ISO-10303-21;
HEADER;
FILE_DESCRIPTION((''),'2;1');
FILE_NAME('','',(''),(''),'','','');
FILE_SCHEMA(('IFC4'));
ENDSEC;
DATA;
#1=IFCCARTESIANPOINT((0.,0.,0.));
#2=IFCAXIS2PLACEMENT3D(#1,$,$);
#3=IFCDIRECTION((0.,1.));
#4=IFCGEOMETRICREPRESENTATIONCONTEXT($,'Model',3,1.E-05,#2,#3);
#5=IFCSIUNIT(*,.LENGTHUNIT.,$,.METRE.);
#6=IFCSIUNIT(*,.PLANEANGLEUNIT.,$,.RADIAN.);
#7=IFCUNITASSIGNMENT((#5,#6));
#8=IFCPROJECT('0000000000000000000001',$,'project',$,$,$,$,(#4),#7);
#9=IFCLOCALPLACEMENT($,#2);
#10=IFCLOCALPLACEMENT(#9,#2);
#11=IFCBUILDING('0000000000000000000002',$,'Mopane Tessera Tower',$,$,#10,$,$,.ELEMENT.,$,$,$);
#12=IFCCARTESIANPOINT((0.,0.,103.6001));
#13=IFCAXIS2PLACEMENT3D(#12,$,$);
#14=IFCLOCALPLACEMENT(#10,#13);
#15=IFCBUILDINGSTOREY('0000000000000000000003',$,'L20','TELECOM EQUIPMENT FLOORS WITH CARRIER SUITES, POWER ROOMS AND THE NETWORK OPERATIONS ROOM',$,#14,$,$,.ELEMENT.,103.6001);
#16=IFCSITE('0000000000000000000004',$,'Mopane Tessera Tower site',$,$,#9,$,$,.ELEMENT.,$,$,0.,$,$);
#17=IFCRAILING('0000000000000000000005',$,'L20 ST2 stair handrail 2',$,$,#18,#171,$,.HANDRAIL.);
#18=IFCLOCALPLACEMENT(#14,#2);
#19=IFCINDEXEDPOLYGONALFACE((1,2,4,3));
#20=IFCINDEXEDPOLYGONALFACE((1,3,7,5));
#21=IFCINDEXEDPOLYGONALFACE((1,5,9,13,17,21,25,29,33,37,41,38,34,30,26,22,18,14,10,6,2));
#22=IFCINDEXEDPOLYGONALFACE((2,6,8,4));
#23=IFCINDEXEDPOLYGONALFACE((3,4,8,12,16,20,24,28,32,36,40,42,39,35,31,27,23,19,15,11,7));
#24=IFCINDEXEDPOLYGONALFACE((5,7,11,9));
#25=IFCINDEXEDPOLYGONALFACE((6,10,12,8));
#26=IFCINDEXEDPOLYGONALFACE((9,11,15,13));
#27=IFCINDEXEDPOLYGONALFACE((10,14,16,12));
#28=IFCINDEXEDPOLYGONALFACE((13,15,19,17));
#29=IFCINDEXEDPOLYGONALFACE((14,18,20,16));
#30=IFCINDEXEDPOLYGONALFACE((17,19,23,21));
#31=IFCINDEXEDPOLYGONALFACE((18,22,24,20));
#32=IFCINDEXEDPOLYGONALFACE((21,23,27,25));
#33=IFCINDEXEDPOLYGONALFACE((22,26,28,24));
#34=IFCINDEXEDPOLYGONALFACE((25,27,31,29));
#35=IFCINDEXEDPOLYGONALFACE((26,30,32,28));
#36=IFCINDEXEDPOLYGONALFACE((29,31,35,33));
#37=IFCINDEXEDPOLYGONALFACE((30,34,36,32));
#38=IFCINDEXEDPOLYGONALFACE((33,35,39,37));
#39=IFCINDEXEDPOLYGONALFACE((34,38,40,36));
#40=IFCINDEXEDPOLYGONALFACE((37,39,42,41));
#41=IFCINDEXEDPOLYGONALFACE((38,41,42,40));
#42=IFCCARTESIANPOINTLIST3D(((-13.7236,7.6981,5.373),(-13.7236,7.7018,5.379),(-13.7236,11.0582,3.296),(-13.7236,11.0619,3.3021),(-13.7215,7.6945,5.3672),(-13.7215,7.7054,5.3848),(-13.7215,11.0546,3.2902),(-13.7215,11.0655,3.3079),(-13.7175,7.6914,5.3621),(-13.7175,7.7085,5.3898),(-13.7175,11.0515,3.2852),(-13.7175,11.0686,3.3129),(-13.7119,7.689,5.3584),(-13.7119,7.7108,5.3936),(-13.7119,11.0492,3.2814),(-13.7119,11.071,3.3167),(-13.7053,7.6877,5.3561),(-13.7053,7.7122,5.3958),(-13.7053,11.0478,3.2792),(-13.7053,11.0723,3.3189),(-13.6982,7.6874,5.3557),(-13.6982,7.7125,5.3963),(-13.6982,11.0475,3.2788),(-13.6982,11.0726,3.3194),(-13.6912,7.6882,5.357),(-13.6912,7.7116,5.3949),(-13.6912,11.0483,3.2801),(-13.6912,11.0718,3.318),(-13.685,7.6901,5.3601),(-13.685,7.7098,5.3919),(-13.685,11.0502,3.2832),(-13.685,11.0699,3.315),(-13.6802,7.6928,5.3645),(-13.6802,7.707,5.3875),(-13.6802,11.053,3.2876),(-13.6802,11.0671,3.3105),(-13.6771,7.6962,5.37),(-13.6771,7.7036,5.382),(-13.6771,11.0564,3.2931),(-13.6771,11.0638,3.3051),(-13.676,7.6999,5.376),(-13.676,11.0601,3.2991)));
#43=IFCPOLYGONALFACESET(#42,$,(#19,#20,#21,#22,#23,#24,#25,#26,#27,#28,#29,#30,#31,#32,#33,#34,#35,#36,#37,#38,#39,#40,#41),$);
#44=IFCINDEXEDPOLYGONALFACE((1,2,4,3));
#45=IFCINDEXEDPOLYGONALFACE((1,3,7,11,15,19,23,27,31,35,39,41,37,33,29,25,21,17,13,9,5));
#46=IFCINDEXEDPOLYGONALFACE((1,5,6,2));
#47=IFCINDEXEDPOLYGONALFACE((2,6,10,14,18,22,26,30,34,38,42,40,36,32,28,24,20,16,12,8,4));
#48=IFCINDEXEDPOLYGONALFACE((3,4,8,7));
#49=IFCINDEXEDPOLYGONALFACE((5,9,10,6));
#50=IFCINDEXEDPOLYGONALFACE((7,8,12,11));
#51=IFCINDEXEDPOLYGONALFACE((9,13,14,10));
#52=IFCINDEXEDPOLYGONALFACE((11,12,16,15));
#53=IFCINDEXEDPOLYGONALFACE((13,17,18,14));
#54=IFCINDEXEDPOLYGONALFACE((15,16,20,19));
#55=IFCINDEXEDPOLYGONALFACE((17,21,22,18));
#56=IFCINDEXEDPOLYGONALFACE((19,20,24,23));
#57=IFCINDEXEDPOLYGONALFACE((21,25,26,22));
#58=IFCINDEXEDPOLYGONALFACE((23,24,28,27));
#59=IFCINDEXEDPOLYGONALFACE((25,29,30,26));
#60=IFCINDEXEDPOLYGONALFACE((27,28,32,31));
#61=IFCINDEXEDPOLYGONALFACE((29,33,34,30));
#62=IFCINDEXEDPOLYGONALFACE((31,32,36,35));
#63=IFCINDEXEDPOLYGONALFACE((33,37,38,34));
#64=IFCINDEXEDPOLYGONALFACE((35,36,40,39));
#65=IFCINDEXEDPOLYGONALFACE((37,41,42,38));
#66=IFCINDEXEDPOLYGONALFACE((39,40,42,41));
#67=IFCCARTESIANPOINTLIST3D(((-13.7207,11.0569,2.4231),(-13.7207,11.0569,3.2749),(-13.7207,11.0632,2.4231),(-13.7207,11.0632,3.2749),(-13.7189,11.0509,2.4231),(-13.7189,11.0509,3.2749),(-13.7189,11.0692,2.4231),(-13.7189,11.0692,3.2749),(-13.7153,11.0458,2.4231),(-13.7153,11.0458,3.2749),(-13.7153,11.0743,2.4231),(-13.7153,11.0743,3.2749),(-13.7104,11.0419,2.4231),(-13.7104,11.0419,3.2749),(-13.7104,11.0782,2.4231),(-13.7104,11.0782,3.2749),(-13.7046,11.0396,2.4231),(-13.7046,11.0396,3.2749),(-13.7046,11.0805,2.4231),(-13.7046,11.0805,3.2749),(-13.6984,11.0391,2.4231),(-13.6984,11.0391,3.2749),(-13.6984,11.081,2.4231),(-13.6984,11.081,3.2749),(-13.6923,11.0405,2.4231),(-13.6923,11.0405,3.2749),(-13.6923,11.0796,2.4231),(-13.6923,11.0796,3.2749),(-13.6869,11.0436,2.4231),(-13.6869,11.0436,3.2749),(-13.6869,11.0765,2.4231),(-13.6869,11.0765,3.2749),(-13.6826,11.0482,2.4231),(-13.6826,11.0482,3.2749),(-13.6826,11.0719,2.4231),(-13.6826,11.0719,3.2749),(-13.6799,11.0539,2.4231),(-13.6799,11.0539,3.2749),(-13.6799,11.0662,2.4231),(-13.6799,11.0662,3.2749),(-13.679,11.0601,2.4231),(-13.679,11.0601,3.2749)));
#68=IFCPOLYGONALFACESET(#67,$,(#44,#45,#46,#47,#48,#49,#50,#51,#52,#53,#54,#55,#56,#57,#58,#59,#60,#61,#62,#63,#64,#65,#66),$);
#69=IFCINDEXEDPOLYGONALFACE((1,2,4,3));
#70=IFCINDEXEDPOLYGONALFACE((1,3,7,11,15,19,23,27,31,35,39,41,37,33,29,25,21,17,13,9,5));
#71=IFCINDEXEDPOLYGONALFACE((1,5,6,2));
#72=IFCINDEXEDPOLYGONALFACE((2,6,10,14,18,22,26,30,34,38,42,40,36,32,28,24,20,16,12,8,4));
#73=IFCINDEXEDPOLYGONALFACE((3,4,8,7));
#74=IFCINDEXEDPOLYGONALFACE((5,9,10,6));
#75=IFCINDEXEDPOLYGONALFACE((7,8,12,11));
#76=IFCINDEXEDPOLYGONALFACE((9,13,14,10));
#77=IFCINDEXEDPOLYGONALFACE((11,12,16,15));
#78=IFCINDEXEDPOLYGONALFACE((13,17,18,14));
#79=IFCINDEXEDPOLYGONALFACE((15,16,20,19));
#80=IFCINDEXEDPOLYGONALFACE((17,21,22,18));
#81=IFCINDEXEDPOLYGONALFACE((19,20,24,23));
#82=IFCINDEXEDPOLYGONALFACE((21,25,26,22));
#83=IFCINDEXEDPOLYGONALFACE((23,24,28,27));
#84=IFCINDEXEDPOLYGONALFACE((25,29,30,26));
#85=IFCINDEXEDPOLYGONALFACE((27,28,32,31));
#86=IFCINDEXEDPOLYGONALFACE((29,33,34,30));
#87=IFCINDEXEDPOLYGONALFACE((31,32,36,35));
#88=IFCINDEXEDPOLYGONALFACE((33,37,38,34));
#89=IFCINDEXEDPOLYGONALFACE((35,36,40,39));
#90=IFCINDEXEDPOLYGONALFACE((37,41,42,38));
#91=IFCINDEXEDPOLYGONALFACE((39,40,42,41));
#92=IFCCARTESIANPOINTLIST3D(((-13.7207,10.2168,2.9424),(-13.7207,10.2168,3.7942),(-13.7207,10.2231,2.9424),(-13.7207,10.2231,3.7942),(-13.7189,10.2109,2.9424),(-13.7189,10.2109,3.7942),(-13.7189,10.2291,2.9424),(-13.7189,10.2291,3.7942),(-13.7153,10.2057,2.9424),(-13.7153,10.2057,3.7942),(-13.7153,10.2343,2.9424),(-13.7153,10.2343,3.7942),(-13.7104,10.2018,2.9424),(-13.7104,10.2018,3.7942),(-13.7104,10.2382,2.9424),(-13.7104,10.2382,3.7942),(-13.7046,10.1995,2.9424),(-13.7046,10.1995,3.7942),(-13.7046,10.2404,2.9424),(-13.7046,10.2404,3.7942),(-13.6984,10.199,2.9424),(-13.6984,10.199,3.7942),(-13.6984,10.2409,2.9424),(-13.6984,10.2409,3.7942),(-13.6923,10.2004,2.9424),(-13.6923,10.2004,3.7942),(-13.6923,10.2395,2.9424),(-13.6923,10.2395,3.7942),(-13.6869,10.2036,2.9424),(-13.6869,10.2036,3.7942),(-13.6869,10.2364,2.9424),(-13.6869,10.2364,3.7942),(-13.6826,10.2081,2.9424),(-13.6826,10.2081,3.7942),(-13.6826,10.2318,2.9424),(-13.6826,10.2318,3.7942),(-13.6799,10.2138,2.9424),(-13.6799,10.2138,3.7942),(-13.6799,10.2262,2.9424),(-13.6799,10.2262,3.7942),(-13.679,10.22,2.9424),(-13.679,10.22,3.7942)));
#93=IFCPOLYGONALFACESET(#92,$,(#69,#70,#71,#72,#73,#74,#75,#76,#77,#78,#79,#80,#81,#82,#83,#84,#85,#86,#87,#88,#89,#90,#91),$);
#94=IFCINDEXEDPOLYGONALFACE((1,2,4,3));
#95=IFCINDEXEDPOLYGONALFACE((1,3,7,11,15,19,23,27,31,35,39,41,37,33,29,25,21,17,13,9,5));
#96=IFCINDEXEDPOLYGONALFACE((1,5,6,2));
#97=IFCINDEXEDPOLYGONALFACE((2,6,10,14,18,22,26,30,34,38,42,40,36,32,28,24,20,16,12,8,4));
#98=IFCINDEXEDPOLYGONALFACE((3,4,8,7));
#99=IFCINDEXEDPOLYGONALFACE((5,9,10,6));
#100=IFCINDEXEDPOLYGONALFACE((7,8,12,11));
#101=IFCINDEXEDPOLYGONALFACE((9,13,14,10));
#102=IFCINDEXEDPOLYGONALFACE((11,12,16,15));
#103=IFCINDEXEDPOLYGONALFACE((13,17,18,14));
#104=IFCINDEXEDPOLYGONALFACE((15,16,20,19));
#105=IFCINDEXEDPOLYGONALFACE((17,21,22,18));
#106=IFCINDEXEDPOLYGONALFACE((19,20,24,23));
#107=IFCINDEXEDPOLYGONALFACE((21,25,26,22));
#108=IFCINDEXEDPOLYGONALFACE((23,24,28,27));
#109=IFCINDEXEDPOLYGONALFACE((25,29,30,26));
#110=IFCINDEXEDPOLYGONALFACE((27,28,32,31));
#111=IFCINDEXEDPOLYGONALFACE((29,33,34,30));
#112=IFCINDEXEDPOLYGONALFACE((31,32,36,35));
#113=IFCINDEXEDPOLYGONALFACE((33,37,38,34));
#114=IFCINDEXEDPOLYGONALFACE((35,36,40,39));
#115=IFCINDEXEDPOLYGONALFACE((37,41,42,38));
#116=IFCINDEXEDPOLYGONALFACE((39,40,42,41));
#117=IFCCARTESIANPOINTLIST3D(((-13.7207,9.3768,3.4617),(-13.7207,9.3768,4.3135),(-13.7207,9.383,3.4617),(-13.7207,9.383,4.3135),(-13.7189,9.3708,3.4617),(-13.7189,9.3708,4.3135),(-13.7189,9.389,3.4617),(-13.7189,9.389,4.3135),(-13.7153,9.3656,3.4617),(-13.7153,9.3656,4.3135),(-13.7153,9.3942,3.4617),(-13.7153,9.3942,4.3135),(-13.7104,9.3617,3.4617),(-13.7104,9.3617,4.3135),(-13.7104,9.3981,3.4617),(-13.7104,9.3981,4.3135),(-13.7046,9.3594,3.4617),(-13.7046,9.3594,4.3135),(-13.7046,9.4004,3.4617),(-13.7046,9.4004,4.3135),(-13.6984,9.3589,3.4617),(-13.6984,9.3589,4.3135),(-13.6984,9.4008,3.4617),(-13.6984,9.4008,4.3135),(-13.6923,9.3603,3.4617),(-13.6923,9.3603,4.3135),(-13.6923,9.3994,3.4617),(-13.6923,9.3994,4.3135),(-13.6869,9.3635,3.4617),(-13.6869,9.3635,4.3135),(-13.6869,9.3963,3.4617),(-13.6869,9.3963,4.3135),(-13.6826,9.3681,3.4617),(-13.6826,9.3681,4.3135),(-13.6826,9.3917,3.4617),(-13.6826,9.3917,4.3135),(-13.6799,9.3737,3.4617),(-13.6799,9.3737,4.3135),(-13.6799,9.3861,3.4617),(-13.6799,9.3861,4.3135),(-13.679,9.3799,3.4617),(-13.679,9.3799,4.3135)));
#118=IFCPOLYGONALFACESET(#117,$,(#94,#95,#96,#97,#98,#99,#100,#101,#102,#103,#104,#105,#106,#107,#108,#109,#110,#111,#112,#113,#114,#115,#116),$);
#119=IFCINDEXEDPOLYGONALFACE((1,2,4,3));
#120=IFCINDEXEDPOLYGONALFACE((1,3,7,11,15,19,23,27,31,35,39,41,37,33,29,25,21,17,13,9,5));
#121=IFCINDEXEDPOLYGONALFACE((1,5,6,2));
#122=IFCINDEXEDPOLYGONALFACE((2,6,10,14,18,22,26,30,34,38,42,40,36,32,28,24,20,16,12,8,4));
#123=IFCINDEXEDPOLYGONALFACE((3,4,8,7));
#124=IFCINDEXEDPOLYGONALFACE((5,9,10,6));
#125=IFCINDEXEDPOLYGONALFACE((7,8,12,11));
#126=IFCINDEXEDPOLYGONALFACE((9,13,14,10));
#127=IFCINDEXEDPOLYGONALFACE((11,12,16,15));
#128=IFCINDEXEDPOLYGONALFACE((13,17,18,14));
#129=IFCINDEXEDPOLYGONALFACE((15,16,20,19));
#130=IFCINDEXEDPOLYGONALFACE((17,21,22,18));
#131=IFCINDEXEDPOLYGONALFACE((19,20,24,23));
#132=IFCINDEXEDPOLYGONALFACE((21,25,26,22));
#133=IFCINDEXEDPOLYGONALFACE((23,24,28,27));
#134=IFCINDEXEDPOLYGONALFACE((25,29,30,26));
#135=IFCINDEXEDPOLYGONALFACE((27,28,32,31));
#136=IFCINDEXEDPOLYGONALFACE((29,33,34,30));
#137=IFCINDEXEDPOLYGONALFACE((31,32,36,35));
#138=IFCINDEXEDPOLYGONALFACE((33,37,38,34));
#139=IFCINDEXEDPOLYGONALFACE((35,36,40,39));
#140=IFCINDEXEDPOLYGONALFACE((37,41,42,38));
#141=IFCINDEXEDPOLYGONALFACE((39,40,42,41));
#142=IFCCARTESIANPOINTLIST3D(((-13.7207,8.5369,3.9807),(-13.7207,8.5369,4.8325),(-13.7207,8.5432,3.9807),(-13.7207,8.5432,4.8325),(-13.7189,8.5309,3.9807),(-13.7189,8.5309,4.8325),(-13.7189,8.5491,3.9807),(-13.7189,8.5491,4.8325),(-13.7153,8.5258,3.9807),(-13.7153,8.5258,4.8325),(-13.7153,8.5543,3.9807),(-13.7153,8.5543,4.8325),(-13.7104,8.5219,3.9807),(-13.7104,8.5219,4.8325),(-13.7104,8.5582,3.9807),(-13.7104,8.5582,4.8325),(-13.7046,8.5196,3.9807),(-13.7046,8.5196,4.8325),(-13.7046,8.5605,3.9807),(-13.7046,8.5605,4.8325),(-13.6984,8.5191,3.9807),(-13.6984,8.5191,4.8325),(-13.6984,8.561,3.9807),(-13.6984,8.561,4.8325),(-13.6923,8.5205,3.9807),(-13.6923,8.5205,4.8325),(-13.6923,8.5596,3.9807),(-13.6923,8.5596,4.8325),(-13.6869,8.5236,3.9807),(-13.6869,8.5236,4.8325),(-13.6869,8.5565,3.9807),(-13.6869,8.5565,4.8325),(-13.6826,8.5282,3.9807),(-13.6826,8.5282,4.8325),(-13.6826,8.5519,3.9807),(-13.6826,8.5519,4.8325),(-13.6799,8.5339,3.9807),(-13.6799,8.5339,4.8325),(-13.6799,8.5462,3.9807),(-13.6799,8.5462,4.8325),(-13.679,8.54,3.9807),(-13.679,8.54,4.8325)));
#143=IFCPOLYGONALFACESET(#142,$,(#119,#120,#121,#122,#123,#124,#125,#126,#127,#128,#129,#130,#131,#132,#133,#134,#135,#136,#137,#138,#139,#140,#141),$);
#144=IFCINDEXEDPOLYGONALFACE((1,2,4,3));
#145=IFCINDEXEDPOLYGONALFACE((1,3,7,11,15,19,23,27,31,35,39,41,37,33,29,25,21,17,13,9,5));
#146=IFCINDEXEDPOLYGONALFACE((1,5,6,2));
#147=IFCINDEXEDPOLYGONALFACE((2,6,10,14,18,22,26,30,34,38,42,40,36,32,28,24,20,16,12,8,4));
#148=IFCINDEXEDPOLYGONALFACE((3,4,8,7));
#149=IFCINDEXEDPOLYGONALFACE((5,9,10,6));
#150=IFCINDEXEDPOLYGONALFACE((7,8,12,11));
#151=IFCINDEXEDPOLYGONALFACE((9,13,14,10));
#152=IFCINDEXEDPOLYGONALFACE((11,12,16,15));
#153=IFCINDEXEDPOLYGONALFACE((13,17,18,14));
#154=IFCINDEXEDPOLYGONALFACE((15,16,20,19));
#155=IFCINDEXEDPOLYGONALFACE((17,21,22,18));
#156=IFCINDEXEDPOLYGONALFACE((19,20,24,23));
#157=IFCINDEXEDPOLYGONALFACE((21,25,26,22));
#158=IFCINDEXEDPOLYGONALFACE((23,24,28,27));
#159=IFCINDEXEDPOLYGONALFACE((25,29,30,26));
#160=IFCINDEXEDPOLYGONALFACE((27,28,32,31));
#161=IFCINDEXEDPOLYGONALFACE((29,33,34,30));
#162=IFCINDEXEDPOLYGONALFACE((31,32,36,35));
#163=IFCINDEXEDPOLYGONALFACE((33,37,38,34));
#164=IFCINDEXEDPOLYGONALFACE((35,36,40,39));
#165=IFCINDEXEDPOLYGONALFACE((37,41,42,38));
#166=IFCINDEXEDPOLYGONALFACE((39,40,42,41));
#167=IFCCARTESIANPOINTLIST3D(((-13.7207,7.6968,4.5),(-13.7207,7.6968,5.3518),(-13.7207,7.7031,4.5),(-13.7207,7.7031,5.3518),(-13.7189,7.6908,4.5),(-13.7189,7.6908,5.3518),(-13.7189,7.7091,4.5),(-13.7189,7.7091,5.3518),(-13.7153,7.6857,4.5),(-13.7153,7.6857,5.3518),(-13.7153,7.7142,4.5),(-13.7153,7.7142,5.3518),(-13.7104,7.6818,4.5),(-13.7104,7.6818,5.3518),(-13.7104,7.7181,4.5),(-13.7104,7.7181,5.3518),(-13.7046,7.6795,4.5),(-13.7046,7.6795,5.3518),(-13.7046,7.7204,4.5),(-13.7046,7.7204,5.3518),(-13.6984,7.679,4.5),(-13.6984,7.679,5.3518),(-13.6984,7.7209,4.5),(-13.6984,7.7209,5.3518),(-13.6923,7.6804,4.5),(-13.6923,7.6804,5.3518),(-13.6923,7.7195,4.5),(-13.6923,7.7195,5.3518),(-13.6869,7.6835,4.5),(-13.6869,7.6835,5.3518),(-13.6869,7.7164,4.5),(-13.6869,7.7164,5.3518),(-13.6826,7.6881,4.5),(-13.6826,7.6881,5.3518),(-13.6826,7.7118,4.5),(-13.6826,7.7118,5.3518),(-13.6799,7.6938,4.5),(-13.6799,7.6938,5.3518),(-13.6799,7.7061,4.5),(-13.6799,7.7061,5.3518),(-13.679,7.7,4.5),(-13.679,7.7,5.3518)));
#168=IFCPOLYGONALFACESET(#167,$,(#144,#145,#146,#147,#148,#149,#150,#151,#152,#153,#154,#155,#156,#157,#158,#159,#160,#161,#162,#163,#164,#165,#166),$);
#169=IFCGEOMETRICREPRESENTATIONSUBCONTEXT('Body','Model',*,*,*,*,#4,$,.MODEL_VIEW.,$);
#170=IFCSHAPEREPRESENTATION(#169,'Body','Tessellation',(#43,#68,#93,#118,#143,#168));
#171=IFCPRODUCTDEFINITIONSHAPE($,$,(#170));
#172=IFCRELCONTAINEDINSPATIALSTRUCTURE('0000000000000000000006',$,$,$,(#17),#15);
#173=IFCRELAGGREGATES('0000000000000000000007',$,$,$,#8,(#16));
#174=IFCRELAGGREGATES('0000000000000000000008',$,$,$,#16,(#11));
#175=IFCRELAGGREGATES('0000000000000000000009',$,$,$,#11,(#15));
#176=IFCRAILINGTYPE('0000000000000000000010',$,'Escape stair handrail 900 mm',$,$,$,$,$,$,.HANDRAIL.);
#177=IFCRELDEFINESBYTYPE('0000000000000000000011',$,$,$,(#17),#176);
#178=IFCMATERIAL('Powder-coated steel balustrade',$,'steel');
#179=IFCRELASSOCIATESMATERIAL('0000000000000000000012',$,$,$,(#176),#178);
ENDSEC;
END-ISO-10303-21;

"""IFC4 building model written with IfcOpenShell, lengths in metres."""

from ifc_helpers import new_model, si_unit, direction, frame, origin, origin_2d, place, context, subcontext, project, spatial, circle, extrude, material, type_object, element, save


model = new_model("IFC4")

# Units and contexts
model_context = context("Model", 3, precision=1e-05, world=origin(), true_north=direction((0.0, 1.0)))
body_context = subcontext(model_context, "Body", "Model", "MODEL_VIEW")
ifc_project = project(units=[si_unit("LENGTHUNIT", "METRE"), si_unit("PLANEANGLEUNIT", "RADIAN")], contexts=[model_context])

# Site, building, storey
site_placement = place(None, origin())
site = spatial("IfcSite", under=ifc_project, at=site_placement, Name="Mopane Tessera Tower site", CompositionType="ELEMENT", RefElevation=0.0)
building_placement = place(site_placement, origin())
building = spatial("IfcBuilding", under=site, at=building_placement, Name="Mopane Tessera Tower", CompositionType="ELEMENT")
storey_placement = place(building_placement, frame((0.0, 0.0, 103.6001)))
storey = spatial("IfcBuildingStorey", under=building, at=storey_placement, Name="L20", Description="TELECOM EQUIPMENT FLOORS WITH CARRIER SUITES, POWER ROOMS AND THE NETWORK OPERATIONS ROOM", CompositionType="ELEMENT", Elevation=103.6001)

# Railing
ifc_material_1 = material(Name="Powder-coated steel balustrade", Category="steel")
railing_type_1 = type_object("IfcRailingType", Name="Escape stair handrail 900 mm", PredefinedType="HANDRAIL", material=ifc_material_1)
railing_1_placement = place(storey_placement, frame((-13.7, 11.0601, 2.4231)))
element("IfcRailing", 1, at=railing_1_placement, inside=storey, type_object=railing_type_1, Name="L20 ST2 stair handrail 2", PredefinedType="HANDRAIL", context=body_context, shape_type="SweptSolid", body=[
    extrude(circle(Radius=0.0239, at=origin_2d()), frame((0.0, 0.0, 0.876), z_axis=(0.0, -0.850623, 0.525776), x_axis=(1.0, 0.0, 0.0)), (0.0, 0.0, 1.0), 3.9502),
    extrude(circle(Radius=0.021, at=origin_2d()), origin(), (0.0, 0.0, 1.0), 0.8518),
    extrude(circle(Radius=0.021, at=origin_2d()), frame((0.0, -0.8401, 0.5193)), (0.0, 0.0, 1.0), 0.8518),
    extrude(circle(Radius=0.021, at=origin_2d()), frame((0.0, -1.6802, 1.0386)), (0.0, 0.0, 1.0), 0.8518),
    extrude(circle(Radius=0.021, at=origin_2d()), frame((0.0, -2.52, 1.5576)), (0.0, 0.0, 1.0), 0.8518),
    extrude(circle(Radius=0.021, at=origin_2d()), frame((0.0, -3.3601, 2.0769)), (0.0, 0.0, 1.0), 0.8518),
])

save(model, "model.ifc")
